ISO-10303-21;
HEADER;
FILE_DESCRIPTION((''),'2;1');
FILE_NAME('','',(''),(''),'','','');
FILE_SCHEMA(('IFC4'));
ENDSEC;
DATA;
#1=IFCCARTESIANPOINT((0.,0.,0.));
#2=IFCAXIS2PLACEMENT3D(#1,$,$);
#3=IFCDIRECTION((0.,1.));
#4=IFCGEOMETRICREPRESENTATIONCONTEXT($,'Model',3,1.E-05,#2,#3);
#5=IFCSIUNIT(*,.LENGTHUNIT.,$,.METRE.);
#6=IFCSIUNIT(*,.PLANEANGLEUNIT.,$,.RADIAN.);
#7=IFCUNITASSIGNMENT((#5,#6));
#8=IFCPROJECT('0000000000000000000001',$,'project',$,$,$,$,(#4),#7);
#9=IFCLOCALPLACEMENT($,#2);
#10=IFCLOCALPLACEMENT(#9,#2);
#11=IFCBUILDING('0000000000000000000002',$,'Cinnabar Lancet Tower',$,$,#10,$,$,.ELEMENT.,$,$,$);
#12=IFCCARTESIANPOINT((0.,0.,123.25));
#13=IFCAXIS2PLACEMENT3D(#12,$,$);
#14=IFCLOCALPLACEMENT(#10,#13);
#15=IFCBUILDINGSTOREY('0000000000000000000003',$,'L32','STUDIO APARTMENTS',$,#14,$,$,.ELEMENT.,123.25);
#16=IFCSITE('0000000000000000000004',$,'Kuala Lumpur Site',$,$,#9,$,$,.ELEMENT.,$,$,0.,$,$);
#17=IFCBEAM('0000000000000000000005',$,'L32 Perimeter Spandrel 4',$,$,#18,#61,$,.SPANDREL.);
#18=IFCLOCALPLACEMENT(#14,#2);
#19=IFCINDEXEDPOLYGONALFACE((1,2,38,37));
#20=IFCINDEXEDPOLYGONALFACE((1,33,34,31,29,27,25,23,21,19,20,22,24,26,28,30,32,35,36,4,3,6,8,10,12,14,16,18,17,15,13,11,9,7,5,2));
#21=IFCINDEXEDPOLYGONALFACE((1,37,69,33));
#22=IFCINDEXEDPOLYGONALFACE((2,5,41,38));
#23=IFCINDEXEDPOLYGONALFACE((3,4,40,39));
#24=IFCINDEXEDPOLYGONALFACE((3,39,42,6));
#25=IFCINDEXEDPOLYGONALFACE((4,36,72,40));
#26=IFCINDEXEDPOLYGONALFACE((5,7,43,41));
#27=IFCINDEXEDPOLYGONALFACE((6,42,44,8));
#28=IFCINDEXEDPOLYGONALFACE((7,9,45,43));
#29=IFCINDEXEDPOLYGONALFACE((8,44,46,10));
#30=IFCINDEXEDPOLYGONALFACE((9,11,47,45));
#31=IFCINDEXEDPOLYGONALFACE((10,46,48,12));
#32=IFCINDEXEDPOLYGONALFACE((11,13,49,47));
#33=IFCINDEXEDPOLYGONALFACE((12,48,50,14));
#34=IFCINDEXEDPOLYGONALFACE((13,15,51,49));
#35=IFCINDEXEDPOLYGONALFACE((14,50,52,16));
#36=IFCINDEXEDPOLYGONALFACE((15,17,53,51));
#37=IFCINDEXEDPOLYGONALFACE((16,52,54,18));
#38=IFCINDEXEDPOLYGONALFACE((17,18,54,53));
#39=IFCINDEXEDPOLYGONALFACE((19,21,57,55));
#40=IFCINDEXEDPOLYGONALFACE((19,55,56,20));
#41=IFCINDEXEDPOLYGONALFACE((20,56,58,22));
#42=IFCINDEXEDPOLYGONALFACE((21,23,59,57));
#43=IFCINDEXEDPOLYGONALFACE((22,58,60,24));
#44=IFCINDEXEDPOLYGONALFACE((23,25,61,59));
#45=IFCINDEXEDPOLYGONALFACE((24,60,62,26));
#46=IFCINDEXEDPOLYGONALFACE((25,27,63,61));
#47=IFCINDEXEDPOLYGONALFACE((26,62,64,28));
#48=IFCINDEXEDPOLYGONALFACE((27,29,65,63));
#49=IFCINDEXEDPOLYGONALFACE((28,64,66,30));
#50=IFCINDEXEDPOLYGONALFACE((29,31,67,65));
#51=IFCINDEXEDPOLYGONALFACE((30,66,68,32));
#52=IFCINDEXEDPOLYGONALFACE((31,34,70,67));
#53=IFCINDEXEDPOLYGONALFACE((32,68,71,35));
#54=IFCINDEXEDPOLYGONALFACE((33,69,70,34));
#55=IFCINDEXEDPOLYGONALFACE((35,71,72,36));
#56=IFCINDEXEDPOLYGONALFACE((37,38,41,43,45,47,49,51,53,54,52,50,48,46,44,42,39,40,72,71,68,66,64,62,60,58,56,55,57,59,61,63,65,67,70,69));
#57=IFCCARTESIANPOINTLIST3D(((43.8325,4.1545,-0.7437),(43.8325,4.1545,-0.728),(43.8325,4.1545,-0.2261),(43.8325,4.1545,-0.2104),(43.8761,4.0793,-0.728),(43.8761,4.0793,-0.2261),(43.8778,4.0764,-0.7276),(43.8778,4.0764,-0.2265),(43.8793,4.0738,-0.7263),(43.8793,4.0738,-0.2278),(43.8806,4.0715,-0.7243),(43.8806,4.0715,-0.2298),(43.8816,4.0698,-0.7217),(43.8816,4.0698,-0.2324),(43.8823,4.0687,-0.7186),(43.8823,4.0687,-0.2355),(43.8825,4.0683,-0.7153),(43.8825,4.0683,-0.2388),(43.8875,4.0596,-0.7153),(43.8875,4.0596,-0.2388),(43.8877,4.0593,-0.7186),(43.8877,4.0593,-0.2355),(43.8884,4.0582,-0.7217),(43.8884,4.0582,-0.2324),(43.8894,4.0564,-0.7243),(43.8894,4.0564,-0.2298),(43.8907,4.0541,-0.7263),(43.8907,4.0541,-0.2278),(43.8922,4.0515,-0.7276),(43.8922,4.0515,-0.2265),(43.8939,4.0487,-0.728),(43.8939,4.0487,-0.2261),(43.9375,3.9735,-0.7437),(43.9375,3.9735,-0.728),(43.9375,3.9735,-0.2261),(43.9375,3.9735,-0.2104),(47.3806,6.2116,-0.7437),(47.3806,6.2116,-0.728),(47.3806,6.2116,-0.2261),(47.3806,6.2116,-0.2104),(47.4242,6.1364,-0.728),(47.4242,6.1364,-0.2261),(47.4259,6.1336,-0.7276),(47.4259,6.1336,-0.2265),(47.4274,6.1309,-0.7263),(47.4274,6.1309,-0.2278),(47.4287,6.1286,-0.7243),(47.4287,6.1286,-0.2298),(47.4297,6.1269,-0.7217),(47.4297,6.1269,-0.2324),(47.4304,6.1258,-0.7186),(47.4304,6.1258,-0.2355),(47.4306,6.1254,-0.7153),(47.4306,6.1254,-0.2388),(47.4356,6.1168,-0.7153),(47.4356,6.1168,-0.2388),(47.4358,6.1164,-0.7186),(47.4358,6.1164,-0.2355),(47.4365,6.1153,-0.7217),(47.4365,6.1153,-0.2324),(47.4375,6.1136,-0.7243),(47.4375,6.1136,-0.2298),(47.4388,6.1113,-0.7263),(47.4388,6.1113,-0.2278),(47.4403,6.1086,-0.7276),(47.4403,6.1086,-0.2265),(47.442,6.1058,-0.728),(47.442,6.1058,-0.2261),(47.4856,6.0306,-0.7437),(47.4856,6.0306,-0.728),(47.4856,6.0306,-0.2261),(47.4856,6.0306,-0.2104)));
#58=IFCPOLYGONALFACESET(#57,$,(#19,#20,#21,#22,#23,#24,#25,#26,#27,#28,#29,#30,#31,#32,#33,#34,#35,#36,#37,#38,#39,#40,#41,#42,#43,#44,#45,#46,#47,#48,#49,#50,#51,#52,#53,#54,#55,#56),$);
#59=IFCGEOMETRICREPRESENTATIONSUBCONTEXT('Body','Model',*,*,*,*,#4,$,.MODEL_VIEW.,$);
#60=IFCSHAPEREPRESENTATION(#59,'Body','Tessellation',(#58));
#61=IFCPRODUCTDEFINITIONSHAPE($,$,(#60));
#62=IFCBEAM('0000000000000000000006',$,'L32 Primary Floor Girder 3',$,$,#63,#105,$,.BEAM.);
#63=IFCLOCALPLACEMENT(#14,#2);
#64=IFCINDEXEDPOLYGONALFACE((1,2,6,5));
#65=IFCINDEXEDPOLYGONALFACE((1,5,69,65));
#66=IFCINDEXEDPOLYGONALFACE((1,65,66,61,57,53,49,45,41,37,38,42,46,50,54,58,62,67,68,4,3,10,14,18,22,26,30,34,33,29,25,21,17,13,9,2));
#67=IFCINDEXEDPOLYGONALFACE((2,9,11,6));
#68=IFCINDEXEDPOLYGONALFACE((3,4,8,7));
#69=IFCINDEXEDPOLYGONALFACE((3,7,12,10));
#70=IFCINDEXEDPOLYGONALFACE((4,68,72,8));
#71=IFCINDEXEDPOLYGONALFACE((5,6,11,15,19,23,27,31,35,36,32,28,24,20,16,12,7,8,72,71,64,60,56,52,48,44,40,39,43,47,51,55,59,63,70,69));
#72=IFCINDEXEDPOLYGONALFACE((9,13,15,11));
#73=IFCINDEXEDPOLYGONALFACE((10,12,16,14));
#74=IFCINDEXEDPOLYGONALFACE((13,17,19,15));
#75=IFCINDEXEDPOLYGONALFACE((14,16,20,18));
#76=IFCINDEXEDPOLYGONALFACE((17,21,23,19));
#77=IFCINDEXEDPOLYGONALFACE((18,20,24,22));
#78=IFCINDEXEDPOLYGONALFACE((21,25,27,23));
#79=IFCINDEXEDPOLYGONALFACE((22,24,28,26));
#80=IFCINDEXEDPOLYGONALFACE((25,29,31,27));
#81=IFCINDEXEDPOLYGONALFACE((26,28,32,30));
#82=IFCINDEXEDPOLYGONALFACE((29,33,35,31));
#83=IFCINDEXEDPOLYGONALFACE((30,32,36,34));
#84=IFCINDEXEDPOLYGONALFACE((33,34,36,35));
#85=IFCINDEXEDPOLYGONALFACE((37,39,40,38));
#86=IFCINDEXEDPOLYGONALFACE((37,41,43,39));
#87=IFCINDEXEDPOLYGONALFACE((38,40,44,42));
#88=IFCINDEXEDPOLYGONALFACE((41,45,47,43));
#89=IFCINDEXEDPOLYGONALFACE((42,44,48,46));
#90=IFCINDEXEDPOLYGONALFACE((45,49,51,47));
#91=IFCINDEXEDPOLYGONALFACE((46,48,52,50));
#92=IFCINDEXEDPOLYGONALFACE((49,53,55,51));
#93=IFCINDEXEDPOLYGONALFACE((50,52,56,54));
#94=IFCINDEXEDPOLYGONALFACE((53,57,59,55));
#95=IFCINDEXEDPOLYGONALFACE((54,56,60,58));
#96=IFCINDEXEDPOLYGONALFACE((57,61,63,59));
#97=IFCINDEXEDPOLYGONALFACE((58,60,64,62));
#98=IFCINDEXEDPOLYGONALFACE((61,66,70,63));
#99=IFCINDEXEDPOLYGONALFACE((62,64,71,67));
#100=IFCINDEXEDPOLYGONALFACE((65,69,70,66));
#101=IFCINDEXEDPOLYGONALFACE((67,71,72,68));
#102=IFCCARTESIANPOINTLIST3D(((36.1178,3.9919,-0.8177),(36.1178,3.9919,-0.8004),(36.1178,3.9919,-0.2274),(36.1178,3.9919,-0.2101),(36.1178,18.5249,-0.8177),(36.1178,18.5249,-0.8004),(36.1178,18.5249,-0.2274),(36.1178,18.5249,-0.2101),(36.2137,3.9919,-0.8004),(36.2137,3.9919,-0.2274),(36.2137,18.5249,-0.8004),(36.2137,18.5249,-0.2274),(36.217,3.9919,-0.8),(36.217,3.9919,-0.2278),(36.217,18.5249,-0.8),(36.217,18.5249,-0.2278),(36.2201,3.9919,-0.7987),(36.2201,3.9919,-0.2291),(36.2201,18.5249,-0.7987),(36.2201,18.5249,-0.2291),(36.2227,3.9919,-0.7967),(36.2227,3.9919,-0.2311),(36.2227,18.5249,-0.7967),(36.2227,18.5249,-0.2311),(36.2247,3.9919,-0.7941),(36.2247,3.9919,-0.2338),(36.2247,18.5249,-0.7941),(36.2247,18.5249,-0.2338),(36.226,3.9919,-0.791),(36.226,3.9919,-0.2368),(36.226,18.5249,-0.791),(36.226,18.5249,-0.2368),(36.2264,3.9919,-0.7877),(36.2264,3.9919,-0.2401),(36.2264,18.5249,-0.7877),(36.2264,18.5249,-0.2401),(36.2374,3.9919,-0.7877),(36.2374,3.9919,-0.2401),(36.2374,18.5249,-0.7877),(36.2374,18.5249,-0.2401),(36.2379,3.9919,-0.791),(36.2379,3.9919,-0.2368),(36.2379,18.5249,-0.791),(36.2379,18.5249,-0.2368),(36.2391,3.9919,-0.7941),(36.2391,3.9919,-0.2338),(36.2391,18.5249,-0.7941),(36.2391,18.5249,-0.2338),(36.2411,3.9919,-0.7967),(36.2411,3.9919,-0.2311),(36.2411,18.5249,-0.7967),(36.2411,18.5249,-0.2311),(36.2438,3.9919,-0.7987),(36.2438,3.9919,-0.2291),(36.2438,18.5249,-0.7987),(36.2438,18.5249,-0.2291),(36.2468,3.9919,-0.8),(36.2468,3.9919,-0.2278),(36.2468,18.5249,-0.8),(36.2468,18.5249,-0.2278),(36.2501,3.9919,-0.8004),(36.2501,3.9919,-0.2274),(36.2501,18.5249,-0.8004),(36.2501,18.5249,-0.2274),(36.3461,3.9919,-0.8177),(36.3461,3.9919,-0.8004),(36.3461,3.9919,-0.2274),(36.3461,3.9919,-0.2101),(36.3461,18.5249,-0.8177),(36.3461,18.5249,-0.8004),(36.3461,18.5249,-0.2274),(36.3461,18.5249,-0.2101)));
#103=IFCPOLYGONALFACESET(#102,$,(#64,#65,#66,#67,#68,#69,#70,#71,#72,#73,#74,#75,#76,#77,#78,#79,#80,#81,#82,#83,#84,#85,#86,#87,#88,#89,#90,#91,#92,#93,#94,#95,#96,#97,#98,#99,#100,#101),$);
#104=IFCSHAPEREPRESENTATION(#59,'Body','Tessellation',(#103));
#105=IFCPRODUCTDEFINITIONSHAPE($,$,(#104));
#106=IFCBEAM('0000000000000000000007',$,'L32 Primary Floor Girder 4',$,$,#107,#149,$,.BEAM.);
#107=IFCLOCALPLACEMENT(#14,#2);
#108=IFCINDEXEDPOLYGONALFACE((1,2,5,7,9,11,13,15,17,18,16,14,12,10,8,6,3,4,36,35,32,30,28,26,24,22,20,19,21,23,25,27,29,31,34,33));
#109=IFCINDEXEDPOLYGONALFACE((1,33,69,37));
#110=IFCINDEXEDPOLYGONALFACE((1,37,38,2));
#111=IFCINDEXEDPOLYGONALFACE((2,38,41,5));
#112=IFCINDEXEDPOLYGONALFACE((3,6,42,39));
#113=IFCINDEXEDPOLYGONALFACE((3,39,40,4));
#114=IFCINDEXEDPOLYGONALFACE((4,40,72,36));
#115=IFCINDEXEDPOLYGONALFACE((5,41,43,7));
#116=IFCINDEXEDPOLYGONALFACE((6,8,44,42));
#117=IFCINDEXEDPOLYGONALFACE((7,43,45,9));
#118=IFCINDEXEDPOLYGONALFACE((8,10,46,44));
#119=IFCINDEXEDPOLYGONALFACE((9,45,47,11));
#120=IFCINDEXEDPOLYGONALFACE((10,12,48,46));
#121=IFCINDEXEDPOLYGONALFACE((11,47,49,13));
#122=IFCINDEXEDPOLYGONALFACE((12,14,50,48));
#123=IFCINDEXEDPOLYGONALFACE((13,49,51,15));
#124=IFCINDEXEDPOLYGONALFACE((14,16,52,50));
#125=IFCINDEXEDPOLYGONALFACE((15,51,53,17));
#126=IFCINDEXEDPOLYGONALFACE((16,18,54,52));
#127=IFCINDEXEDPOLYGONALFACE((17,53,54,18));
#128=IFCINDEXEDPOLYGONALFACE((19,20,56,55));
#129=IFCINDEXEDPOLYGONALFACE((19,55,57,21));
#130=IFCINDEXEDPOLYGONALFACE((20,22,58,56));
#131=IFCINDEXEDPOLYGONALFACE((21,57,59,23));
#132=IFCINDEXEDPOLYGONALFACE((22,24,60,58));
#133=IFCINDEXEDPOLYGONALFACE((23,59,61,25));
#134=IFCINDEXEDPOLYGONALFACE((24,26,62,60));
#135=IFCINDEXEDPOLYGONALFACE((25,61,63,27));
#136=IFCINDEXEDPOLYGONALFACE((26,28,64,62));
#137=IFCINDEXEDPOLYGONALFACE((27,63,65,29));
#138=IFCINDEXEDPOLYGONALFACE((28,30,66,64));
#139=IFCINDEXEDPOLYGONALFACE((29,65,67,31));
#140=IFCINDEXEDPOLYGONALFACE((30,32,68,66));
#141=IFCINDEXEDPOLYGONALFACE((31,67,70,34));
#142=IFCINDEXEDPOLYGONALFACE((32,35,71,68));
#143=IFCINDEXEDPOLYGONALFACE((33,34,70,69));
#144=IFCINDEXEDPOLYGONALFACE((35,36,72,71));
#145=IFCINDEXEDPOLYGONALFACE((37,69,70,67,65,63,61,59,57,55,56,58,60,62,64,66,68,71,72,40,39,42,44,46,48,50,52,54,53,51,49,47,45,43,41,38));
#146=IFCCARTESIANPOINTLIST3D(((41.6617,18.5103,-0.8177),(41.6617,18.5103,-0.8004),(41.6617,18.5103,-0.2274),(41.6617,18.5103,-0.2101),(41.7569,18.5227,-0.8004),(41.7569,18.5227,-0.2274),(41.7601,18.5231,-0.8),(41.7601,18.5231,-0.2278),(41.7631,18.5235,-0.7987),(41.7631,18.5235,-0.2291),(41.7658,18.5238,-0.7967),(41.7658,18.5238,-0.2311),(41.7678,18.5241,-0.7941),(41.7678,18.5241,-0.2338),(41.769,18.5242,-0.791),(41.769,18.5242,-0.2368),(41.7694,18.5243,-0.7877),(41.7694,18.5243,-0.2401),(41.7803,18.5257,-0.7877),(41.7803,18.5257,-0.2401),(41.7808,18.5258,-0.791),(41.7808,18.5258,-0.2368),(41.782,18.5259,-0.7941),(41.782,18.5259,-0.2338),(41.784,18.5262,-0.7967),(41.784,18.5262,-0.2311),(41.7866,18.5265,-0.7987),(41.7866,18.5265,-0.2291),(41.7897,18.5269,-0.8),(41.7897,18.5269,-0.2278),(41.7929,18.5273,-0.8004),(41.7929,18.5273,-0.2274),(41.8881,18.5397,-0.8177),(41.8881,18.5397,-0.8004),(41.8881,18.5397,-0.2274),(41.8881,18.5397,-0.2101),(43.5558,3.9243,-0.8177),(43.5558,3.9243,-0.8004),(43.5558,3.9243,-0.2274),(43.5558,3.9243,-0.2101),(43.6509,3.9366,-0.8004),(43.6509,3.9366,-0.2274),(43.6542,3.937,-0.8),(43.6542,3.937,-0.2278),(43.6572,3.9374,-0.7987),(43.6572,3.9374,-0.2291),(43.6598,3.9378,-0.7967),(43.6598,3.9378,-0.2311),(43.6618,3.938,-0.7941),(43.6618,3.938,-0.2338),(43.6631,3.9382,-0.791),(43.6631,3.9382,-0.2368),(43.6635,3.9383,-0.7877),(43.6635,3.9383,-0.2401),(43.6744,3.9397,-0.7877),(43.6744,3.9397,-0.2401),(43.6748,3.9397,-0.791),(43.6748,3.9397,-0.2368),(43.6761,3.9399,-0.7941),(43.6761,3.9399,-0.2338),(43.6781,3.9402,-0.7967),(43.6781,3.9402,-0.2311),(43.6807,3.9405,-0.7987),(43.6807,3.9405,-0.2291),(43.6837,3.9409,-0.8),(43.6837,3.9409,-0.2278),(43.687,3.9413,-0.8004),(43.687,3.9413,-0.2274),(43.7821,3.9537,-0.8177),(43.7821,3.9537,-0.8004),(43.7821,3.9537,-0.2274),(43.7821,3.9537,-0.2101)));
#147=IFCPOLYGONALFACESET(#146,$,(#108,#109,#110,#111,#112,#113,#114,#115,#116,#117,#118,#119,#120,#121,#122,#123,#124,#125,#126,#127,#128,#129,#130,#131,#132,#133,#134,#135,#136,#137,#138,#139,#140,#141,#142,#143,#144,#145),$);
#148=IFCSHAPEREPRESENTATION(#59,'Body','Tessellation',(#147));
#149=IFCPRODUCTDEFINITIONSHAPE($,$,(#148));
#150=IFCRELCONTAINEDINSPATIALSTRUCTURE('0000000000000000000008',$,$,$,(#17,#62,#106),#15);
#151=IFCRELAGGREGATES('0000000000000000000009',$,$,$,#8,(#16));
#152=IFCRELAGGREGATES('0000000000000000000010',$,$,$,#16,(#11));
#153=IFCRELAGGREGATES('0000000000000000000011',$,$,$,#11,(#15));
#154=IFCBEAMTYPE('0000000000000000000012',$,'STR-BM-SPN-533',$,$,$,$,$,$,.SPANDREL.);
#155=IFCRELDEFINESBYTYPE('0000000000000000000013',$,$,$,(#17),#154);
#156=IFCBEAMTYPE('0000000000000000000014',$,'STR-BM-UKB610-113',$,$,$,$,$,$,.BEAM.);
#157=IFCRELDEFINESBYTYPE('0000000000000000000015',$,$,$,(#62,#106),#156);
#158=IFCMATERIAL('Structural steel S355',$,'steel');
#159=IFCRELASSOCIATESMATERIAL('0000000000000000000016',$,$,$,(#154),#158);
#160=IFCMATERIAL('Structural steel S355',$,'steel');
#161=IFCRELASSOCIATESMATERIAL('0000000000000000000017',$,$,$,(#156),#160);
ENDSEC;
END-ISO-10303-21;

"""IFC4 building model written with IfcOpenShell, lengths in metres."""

from ifc_helpers import new_model, si_unit, direction, frame, origin, origin_2d, place, context, subcontext, project, spatial, i_section, extrude, material, material_profile, profile_set, type_object, element, save


model = new_model("IFC4")

# Units and contexts
model_context = context("Model", 3, precision=1e-05, world=origin(), true_north=direction((0.0, 1.0)))
body_context = subcontext(model_context, "Body", "Model", "MODEL_VIEW")
ifc_project = project(units=[si_unit("LENGTHUNIT", "METRE"), si_unit("PLANEANGLEUNIT", "RADIAN")], contexts=[model_context])

# Site, building, storey
site_placement = place(None, origin())
site = spatial("IfcSite", under=ifc_project, at=site_placement, Name="Kuala Lumpur Site", CompositionType="ELEMENT", RefElevation=0.0)
building_placement = place(site_placement, origin())
building = spatial("IfcBuilding", under=site, at=building_placement, Name="Cinnabar Lancet Tower", CompositionType="ELEMENT")
storey_placement = place(building_placement, frame((0.0, 0.0, 123.25)))
storey = spatial("IfcBuildingStorey", under=building, at=storey_placement, Name="L32", Description="STUDIO APARTMENTS", CompositionType="ELEMENT", Elevation=123.25)

# Beams
ifc_material_1 = material(Name="Structural steel S355", Category="steel")
ifc_material_profile_1 = material_profile(ifc_material_1, i_section(OverallWidth=0.2092, OverallDepth=0.5332, WebThickness=0.01, FlangeThickness=0.0156, FilletRadius=0.0127, at=origin_2d()), Name="UKB 533x210x92")
ifc_profile_set_1 = profile_set([ifc_material_profile_1], Name="Structural steel S355")
beam_type_1 = type_object("IfcBeamType", Name="STR-BM-SPN-533", PredefinedType="SPANDREL", material=ifc_profile_set_1)
beam_1_placement = place(storey_placement, frame((43.885, 4.064, -0.4771), z_axis=(0.865112, 0.501578, 0.0), x_axis=(-0.501578, 0.865112, 0.0)))
element("IfcBeam", 1, at=beam_1_placement, inside=storey, type_object=beam_type_1, Name="L32 Perimeter Spandrel 4", PredefinedType="SPANDREL", context=body_context, shape_type="SweptSolid", body=[
    extrude(i_section(OverallWidth=0.2092, OverallDepth=0.5332, WebThickness=0.01, FlangeThickness=0.0156, FilletRadius=0.0127, at=origin_2d()), origin(), (0.0, 0.0, 1.0), 4.1013),
])
ifc_material_2 = material(Name="Structural steel S355", Category="steel")
ifc_material_profile_2 = material_profile(ifc_material_2, i_section(OverallWidth=0.2283, OverallDepth=0.6077, WebThickness=0.011, FlangeThickness=0.0173, FilletRadius=0.0127, at=origin_2d()), Name="UKB 610x229x113")
ifc_profile_set_2 = profile_set([ifc_material_profile_2], Name="Structural steel S355")
beam_type_2 = type_object("IfcBeamType", Name="STR-BM-UKB610-113", PredefinedType="BEAM", material=ifc_profile_set_2)
beam_2_placement = place(storey_placement, frame((36.2319, 3.9919, -0.5139), z_axis=(0.0, 1.0, 0.0), x_axis=(-1.0, 0.0, 0.0)))
element("IfcBeam", 2, at=beam_2_placement, inside=storey, type_object=beam_type_2, Name="L32 Primary Floor Girder 3", PredefinedType="BEAM", context=body_context, shape_type="SweptSolid", body=[
    extrude(i_section(OverallWidth=0.2283, OverallDepth=0.6077, WebThickness=0.011, FlangeThickness=0.0173, FilletRadius=0.0127, at=origin_2d()), origin(), (0.0, 0.0, 1.0), 14.533),
])
beam_3_placement = place(storey_placement, frame((43.6689, 3.939, -0.5139), z_axis=(-0.128773, 0.991674, 0.0), x_axis=(-0.991674, -0.128773, 0.0)))
element("IfcBeam", 3, at=beam_3_placement, inside=storey, type_object=beam_type_2, Name="L32 Primary Floor Girder 4", PredefinedType="BEAM", context=body_context, shape_type="SweptSolid", body=[
    extrude(i_section(OverallWidth=0.2283, OverallDepth=0.6077, WebThickness=0.011, FlangeThickness=0.0173, FilletRadius=0.0127, at=origin_2d()), origin(), (0.0, 0.0, 1.0), 14.7085),
])

save(model, "model.ifc")
